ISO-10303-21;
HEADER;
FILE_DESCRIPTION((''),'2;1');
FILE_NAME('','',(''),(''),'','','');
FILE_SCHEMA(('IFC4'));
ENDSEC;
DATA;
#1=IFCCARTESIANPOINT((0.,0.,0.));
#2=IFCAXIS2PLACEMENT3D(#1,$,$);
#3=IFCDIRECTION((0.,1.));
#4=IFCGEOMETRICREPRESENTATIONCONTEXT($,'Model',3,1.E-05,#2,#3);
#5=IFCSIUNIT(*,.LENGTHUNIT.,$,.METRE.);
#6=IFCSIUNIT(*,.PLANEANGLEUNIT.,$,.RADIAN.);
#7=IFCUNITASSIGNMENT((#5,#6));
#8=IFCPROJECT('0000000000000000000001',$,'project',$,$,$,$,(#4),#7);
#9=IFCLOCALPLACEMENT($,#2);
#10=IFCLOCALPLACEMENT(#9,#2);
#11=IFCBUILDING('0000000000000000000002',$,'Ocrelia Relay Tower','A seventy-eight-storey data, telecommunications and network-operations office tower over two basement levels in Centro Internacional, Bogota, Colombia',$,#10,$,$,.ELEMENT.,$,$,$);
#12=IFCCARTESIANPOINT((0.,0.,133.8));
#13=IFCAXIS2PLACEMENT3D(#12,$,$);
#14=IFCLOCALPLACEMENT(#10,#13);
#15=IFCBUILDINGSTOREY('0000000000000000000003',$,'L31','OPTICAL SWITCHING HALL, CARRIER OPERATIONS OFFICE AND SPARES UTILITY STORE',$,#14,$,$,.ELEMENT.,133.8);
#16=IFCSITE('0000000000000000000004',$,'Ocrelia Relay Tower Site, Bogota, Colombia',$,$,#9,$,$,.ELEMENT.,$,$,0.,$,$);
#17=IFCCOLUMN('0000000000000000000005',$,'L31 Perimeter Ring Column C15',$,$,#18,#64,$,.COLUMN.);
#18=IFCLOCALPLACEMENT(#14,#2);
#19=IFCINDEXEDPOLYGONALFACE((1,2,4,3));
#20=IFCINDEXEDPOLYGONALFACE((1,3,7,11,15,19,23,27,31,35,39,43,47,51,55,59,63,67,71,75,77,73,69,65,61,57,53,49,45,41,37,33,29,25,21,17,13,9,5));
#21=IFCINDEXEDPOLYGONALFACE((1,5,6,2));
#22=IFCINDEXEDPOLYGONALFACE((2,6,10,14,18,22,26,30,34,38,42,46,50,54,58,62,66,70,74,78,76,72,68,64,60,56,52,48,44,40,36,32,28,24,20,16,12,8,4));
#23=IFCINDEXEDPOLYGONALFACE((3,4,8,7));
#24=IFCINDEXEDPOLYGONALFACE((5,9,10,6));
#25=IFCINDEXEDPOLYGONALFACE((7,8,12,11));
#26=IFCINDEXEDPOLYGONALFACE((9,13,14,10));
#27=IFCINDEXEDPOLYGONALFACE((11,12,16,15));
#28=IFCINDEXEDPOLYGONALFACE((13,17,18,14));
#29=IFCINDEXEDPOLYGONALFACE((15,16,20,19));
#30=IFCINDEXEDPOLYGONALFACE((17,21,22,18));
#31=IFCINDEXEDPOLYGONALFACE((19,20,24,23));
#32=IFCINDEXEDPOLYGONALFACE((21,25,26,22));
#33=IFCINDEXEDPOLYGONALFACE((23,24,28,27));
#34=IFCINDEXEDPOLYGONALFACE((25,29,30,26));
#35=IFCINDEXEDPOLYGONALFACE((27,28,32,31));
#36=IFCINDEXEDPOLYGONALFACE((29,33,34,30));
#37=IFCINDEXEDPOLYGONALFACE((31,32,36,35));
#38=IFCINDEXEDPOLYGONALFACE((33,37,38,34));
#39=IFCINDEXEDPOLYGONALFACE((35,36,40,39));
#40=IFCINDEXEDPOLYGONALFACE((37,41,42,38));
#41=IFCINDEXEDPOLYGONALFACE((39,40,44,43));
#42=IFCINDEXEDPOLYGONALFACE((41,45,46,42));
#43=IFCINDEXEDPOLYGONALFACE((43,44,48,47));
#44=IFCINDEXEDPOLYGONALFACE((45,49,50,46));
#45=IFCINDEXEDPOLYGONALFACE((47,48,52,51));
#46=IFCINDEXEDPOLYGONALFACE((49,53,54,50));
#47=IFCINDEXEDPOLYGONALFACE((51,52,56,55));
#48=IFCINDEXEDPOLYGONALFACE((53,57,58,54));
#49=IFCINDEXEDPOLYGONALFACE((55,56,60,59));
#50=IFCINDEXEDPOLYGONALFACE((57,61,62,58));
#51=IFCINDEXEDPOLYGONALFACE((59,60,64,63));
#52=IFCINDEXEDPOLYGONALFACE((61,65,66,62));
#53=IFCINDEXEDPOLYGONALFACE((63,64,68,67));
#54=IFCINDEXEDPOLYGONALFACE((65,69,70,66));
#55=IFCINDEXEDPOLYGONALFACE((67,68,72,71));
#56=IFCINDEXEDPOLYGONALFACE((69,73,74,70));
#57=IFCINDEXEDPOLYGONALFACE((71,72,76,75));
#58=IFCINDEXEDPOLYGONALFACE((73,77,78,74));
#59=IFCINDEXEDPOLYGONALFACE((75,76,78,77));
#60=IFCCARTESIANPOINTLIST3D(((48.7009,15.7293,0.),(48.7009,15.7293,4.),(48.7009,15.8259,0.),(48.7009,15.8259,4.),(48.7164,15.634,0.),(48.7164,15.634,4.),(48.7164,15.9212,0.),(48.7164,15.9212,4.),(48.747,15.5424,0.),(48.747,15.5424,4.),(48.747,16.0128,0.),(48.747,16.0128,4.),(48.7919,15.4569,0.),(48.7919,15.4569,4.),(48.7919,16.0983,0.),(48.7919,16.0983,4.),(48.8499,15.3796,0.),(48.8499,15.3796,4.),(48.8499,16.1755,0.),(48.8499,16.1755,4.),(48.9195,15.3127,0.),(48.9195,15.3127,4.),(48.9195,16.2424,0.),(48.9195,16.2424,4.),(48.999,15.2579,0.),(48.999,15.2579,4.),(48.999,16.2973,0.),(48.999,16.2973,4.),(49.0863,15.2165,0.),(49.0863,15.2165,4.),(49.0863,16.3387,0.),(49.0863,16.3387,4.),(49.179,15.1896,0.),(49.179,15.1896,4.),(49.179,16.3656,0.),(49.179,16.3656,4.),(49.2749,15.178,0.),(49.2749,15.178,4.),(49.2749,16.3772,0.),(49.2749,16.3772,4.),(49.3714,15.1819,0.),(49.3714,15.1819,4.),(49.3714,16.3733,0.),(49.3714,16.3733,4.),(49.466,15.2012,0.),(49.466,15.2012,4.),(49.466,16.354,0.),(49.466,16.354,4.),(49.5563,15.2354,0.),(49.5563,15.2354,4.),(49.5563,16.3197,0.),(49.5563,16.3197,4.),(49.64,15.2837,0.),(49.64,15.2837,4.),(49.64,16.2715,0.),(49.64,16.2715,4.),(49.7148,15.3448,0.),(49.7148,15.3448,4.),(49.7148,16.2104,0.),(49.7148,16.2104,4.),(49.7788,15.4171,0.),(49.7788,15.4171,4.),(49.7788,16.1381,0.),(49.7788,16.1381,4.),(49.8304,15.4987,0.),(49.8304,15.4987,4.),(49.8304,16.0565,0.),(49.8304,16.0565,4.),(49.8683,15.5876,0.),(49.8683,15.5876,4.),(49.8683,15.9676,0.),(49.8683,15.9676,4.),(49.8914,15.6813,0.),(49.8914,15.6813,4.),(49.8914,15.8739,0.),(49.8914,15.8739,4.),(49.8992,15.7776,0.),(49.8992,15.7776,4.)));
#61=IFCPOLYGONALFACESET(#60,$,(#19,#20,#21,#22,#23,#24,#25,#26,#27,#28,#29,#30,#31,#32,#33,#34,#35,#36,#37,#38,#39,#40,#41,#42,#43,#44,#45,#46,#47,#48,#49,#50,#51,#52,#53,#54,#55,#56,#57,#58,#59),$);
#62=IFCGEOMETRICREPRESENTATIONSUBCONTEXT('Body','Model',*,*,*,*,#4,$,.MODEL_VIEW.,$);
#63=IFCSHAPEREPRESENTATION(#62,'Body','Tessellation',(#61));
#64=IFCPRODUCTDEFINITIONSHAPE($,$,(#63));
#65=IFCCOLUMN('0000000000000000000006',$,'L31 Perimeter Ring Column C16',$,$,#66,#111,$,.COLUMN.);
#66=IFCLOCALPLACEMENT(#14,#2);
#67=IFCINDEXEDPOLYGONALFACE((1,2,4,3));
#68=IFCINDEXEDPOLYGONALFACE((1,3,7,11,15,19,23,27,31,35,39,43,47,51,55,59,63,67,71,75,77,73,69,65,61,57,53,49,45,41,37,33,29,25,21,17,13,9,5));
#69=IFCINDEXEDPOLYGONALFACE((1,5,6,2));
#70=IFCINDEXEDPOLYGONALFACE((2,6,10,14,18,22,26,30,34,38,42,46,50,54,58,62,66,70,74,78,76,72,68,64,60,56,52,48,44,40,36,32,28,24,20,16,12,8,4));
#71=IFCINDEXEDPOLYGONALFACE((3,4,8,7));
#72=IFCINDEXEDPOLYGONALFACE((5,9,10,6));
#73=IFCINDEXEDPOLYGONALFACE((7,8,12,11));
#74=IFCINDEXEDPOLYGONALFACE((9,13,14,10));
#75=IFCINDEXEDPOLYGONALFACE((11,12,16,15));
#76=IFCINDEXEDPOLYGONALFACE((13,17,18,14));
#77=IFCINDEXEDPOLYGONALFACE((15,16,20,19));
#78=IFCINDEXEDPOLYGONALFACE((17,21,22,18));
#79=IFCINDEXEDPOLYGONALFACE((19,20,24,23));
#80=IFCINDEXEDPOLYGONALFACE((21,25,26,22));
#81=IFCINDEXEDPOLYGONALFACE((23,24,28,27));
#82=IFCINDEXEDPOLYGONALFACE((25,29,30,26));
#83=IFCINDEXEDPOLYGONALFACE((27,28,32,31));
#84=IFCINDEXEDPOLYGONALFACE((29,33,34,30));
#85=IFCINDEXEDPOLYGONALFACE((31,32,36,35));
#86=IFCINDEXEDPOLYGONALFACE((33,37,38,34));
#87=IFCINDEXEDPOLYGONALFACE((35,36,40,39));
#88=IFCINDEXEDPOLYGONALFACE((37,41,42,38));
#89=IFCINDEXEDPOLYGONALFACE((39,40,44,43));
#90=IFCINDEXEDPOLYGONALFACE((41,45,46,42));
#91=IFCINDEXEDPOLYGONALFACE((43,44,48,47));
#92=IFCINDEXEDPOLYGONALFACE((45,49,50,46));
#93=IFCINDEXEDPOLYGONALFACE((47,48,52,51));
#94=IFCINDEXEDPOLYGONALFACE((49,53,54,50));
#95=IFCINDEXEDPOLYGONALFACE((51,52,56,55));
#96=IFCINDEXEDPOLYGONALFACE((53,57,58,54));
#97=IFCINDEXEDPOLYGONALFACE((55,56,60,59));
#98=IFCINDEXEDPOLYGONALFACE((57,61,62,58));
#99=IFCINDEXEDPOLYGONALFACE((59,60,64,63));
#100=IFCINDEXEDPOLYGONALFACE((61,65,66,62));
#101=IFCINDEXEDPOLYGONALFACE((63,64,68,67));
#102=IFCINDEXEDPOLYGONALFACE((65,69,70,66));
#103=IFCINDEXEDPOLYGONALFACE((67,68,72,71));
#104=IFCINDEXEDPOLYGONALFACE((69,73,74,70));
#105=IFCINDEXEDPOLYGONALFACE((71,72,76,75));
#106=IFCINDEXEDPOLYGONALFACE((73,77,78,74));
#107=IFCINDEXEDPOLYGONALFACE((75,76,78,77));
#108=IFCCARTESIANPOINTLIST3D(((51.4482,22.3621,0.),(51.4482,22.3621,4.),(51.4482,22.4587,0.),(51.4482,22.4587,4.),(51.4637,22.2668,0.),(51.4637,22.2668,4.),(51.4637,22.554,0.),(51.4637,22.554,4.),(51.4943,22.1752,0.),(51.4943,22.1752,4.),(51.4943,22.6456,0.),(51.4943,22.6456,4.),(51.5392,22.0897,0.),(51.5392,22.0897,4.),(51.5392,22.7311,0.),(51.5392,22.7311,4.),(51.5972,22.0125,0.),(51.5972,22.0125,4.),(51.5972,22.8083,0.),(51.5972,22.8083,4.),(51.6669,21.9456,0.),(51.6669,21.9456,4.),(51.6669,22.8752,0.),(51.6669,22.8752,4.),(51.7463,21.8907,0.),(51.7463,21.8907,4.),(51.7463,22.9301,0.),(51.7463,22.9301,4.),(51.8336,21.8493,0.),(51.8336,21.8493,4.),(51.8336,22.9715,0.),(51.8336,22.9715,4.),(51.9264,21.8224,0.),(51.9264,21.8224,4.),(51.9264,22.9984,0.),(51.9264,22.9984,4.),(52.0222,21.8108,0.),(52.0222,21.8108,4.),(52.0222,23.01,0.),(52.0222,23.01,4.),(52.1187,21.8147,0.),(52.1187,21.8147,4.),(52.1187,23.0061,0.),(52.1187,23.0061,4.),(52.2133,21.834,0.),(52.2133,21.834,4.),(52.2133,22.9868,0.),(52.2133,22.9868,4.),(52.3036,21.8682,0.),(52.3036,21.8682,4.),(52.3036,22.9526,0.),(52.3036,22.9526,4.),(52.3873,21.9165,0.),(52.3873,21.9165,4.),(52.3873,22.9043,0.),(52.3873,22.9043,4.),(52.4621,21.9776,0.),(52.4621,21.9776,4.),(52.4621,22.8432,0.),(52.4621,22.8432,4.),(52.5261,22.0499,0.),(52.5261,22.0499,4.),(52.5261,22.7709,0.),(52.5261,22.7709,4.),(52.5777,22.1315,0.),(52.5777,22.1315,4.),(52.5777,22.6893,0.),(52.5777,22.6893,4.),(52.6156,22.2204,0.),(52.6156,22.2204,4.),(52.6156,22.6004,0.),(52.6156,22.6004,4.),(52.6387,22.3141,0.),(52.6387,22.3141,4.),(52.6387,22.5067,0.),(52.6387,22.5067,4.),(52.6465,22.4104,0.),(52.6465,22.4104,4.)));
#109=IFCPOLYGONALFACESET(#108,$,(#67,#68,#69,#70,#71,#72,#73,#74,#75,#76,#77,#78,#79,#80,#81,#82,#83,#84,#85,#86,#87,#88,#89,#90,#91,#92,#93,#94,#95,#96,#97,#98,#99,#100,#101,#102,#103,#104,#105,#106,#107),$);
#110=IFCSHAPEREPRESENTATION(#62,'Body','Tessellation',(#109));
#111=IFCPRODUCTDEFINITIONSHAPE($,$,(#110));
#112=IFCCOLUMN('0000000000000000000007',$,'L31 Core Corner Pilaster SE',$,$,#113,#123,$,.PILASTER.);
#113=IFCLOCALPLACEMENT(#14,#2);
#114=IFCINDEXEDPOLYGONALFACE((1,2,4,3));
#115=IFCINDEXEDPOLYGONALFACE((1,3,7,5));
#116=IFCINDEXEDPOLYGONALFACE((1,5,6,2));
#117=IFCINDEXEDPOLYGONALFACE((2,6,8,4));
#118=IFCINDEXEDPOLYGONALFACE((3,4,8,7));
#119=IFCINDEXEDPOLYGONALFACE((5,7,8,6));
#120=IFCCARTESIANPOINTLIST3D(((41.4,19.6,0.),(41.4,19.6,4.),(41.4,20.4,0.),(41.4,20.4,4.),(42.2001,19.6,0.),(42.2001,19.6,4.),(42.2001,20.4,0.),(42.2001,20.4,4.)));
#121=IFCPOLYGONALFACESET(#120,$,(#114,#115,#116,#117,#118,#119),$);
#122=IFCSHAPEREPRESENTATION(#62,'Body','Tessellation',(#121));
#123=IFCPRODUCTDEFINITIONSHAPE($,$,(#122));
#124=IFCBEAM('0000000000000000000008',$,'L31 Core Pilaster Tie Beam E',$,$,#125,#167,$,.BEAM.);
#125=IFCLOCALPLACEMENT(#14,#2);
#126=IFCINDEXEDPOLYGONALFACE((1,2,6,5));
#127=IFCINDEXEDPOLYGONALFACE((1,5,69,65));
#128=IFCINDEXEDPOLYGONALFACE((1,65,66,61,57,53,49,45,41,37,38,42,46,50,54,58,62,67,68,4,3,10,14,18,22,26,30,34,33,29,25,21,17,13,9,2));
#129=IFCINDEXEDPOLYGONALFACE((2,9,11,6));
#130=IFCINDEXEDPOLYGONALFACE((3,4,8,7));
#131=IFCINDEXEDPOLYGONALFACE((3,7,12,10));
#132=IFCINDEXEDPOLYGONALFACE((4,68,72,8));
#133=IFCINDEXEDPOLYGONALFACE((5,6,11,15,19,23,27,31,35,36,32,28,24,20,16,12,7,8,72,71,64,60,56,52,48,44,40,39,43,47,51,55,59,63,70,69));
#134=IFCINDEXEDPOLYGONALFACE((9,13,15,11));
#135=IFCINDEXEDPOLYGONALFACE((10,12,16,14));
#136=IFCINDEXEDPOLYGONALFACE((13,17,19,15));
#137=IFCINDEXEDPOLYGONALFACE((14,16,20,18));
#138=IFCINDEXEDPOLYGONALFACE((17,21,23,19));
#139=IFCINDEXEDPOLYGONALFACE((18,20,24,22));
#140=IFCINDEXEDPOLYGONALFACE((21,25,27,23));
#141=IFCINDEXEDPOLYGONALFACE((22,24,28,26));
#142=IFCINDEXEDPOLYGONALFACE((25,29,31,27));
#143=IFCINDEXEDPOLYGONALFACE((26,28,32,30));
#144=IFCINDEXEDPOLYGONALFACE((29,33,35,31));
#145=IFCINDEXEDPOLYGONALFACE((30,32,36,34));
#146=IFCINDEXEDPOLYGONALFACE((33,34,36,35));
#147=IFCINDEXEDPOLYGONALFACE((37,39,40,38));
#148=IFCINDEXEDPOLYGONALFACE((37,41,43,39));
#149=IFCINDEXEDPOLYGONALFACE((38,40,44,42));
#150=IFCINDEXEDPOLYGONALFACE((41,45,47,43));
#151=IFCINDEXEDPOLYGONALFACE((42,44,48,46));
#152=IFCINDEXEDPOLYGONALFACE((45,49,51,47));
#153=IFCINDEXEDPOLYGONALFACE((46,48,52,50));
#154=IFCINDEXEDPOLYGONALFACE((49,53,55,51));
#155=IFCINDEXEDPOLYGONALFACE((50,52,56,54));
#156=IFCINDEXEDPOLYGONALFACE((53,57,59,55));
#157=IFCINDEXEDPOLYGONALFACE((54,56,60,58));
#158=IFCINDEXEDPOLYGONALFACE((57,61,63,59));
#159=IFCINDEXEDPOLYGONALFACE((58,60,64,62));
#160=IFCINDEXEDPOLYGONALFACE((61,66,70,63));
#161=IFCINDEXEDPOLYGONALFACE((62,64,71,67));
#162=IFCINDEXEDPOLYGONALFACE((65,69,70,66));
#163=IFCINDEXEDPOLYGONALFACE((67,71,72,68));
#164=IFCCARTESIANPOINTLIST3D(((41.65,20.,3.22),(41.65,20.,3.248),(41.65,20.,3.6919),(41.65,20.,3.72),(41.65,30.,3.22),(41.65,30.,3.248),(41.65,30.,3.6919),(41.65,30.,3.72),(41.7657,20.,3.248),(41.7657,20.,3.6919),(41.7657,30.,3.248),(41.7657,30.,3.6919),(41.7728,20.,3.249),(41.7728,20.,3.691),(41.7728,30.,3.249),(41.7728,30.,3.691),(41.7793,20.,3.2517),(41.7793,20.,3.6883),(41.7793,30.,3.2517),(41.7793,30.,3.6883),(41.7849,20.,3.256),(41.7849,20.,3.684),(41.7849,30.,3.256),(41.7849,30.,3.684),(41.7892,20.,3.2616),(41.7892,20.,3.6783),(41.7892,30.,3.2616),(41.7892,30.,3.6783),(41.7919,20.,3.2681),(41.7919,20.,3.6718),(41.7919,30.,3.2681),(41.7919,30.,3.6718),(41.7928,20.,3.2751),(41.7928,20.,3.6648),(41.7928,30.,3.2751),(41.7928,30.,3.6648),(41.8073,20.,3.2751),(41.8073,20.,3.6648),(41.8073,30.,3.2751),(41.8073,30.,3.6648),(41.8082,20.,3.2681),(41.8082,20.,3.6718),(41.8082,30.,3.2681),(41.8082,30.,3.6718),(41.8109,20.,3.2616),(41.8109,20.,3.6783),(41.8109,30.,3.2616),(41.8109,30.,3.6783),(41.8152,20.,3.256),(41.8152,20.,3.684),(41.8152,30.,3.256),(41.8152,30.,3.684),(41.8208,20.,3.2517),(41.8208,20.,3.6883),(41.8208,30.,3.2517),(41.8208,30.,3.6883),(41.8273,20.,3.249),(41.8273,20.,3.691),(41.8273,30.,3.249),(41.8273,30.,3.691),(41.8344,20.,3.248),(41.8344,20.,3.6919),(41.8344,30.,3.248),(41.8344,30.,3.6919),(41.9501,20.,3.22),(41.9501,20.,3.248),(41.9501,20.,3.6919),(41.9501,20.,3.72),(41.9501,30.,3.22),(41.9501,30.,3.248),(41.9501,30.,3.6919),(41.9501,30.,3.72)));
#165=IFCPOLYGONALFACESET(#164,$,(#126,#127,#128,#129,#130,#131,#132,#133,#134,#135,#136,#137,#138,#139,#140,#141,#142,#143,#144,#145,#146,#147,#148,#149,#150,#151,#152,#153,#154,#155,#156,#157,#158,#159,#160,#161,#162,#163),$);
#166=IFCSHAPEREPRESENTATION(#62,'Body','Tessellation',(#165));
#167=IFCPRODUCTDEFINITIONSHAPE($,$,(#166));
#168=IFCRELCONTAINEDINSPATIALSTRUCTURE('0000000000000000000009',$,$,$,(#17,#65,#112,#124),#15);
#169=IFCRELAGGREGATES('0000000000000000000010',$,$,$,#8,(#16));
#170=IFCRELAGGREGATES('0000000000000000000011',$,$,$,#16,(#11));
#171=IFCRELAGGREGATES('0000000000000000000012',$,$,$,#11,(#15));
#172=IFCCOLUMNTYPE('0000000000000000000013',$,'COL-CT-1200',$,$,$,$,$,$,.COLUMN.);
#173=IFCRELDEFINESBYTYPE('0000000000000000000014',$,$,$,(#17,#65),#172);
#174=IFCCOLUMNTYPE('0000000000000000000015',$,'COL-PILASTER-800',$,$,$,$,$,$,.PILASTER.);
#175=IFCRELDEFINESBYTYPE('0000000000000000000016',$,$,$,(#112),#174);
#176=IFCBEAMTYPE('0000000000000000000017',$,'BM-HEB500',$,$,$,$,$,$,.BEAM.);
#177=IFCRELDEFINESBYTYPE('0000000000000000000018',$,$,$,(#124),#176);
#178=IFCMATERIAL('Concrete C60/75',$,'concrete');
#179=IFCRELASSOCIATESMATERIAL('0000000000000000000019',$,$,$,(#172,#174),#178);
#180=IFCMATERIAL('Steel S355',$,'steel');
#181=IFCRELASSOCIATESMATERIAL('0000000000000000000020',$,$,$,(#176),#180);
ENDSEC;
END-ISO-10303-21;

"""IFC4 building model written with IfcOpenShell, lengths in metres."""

from ifc_helpers import new_model, si_unit, direction, frame, origin, origin_2d, place, context, subcontext, project, spatial, rectangle, circle, i_section, extrude, material, material_profile, profile_set, type_object, element, save


model = new_model("IFC4")

# Units and contexts
model_context = context("Model", 3, precision=1e-05, world=origin(), true_north=direction((0.0, 1.0)))
body_context = subcontext(model_context, "Body", "Model", "MODEL_VIEW")
ifc_project = project(units=[si_unit("LENGTHUNIT", "METRE"), si_unit("PLANEANGLEUNIT", "RADIAN")], contexts=[model_context])

# Site, building, storey
site_placement = place(None, origin())
site = spatial("IfcSite", under=ifc_project, at=site_placement, Name="Ocrelia Relay Tower Site, Bogota, Colombia", CompositionType="ELEMENT", RefElevation=0.0)
building_placement = place(site_placement, origin())
building = spatial("IfcBuilding", under=site, at=building_placement, Name="Ocrelia Relay Tower", Description="A seventy-eight-storey data, telecommunications and network-operations office tower over two basement levels in Centro Internacional, Bogota, Colombia", CompositionType="ELEMENT")
storey_placement = place(building_placement, frame((0.0, 0.0, 133.8)))
storey = spatial("IfcBuildingStorey", under=building, at=storey_placement, Name="L31", Description="OPTICAL SWITCHING HALL, CARRIER OPERATIONS OFFICE AND SPARES UTILITY STORE", CompositionType="ELEMENT", Elevation=133.8)

# Columns
ifc_material_1 = material(Name="Concrete C60/75", Category="concrete")
ifc_material_profile_1 = material_profile(ifc_material_1, circle(Radius=0.6001, at=origin_2d()), Name="RC-CIR-1200")
ifc_profile_set_1 = profile_set([ifc_material_profile_1], Name="Concrete C60/75")
column_type_1 = type_object("IfcColumnType", Name="COL-CT-1200", PredefinedType="COLUMN", material=ifc_profile_set_1)
for number, where, z_axis, x_axis, name in (
    (1, (49.2991, 15.7776, 0.0), (0.0, 0.0, 1.0), (1.0, 0.0, 0.0), "L31 Perimeter Ring Column C15"),
    (2, (52.0464, 22.4104, 0.0), (0.0, 0.0, 1.0), (1.0, 0.0, 0.0), "L31 Perimeter Ring Column C16"),
):
    element("IfcColumn", number, at=place(storey_placement, frame(where, z_axis=z_axis, x_axis=x_axis)), inside=storey, type_object=column_type_1, Name=name, PredefinedType="COLUMN", context=body_context, shape_type="SweptSolid", body=[
        extrude(circle(Radius=0.6001, at=origin_2d()), origin(), (0.0, 0.0, 1.0), 4.0),
    ])
ifc_material_profile_2 = material_profile(ifc_material_1, rectangle(XDim=0.8, YDim=0.8, at=origin_2d()), Name="RC-COL-800x800")
ifc_profile_set_2 = profile_set([ifc_material_profile_2], Name="Concrete C60/75")
column_type_2 = type_object("IfcColumnType", Name="COL-PILASTER-800", PredefinedType="PILASTER", material=ifc_profile_set_2)
column_placement = place(storey_placement, frame((41.8, 20.0, 0.0), z_axis=(0.0, 0.0, 1.0), x_axis=(1.0, 0.0, 0.0)))
element("IfcColumn", 3, at=column_placement, inside=storey, type_object=column_type_2, Name="L31 Core Corner Pilaster SE", PredefinedType="PILASTER", context=body_context, shape_type="SweptSolid", body=[
    extrude(rectangle(XDim=0.8, YDim=0.8, at=origin_2d()), origin(), (0.0, 0.0, 1.0), 4.0),
])

# Beam
ifc_material_2 = material(Name="Steel S355", Category="steel")
ifc_material_profile_3 = material_profile(ifc_material_2, i_section(OverallWidth=0.3, OverallDepth=0.5, WebThickness=0.0144, FlangeThickness=0.0281, FilletRadius=0.0271, at=origin_2d()), Name="HEB 500")
ifc_profile_set_3 = profile_set([ifc_material_profile_3], Name="Steel S355")
beam_type_1 = type_object("IfcBeamType", Name="BM-HEB500", PredefinedType="BEAM", material=ifc_profile_set_3)
beam_1_placement = place(storey_placement, frame((41.8, 20.0, 3.47), z_axis=(0.0, 1.0, 0.0), x_axis=(-1.0, 0.0, 0.0)))
element("IfcBeam", 4, at=beam_1_placement, inside=storey, type_object=beam_type_1, Name="L31 Core Pilaster Tie Beam E", PredefinedType="BEAM", context=body_context, shape_type="SweptSolid", body=[
    extrude(i_section(OverallWidth=0.3, OverallDepth=0.5, WebThickness=0.0144, FlangeThickness=0.0281, FilletRadius=0.0271, at=origin_2d()), origin(), (0.0, 0.0, 1.0), 10.0),
])

save(model, "model.ifc")
